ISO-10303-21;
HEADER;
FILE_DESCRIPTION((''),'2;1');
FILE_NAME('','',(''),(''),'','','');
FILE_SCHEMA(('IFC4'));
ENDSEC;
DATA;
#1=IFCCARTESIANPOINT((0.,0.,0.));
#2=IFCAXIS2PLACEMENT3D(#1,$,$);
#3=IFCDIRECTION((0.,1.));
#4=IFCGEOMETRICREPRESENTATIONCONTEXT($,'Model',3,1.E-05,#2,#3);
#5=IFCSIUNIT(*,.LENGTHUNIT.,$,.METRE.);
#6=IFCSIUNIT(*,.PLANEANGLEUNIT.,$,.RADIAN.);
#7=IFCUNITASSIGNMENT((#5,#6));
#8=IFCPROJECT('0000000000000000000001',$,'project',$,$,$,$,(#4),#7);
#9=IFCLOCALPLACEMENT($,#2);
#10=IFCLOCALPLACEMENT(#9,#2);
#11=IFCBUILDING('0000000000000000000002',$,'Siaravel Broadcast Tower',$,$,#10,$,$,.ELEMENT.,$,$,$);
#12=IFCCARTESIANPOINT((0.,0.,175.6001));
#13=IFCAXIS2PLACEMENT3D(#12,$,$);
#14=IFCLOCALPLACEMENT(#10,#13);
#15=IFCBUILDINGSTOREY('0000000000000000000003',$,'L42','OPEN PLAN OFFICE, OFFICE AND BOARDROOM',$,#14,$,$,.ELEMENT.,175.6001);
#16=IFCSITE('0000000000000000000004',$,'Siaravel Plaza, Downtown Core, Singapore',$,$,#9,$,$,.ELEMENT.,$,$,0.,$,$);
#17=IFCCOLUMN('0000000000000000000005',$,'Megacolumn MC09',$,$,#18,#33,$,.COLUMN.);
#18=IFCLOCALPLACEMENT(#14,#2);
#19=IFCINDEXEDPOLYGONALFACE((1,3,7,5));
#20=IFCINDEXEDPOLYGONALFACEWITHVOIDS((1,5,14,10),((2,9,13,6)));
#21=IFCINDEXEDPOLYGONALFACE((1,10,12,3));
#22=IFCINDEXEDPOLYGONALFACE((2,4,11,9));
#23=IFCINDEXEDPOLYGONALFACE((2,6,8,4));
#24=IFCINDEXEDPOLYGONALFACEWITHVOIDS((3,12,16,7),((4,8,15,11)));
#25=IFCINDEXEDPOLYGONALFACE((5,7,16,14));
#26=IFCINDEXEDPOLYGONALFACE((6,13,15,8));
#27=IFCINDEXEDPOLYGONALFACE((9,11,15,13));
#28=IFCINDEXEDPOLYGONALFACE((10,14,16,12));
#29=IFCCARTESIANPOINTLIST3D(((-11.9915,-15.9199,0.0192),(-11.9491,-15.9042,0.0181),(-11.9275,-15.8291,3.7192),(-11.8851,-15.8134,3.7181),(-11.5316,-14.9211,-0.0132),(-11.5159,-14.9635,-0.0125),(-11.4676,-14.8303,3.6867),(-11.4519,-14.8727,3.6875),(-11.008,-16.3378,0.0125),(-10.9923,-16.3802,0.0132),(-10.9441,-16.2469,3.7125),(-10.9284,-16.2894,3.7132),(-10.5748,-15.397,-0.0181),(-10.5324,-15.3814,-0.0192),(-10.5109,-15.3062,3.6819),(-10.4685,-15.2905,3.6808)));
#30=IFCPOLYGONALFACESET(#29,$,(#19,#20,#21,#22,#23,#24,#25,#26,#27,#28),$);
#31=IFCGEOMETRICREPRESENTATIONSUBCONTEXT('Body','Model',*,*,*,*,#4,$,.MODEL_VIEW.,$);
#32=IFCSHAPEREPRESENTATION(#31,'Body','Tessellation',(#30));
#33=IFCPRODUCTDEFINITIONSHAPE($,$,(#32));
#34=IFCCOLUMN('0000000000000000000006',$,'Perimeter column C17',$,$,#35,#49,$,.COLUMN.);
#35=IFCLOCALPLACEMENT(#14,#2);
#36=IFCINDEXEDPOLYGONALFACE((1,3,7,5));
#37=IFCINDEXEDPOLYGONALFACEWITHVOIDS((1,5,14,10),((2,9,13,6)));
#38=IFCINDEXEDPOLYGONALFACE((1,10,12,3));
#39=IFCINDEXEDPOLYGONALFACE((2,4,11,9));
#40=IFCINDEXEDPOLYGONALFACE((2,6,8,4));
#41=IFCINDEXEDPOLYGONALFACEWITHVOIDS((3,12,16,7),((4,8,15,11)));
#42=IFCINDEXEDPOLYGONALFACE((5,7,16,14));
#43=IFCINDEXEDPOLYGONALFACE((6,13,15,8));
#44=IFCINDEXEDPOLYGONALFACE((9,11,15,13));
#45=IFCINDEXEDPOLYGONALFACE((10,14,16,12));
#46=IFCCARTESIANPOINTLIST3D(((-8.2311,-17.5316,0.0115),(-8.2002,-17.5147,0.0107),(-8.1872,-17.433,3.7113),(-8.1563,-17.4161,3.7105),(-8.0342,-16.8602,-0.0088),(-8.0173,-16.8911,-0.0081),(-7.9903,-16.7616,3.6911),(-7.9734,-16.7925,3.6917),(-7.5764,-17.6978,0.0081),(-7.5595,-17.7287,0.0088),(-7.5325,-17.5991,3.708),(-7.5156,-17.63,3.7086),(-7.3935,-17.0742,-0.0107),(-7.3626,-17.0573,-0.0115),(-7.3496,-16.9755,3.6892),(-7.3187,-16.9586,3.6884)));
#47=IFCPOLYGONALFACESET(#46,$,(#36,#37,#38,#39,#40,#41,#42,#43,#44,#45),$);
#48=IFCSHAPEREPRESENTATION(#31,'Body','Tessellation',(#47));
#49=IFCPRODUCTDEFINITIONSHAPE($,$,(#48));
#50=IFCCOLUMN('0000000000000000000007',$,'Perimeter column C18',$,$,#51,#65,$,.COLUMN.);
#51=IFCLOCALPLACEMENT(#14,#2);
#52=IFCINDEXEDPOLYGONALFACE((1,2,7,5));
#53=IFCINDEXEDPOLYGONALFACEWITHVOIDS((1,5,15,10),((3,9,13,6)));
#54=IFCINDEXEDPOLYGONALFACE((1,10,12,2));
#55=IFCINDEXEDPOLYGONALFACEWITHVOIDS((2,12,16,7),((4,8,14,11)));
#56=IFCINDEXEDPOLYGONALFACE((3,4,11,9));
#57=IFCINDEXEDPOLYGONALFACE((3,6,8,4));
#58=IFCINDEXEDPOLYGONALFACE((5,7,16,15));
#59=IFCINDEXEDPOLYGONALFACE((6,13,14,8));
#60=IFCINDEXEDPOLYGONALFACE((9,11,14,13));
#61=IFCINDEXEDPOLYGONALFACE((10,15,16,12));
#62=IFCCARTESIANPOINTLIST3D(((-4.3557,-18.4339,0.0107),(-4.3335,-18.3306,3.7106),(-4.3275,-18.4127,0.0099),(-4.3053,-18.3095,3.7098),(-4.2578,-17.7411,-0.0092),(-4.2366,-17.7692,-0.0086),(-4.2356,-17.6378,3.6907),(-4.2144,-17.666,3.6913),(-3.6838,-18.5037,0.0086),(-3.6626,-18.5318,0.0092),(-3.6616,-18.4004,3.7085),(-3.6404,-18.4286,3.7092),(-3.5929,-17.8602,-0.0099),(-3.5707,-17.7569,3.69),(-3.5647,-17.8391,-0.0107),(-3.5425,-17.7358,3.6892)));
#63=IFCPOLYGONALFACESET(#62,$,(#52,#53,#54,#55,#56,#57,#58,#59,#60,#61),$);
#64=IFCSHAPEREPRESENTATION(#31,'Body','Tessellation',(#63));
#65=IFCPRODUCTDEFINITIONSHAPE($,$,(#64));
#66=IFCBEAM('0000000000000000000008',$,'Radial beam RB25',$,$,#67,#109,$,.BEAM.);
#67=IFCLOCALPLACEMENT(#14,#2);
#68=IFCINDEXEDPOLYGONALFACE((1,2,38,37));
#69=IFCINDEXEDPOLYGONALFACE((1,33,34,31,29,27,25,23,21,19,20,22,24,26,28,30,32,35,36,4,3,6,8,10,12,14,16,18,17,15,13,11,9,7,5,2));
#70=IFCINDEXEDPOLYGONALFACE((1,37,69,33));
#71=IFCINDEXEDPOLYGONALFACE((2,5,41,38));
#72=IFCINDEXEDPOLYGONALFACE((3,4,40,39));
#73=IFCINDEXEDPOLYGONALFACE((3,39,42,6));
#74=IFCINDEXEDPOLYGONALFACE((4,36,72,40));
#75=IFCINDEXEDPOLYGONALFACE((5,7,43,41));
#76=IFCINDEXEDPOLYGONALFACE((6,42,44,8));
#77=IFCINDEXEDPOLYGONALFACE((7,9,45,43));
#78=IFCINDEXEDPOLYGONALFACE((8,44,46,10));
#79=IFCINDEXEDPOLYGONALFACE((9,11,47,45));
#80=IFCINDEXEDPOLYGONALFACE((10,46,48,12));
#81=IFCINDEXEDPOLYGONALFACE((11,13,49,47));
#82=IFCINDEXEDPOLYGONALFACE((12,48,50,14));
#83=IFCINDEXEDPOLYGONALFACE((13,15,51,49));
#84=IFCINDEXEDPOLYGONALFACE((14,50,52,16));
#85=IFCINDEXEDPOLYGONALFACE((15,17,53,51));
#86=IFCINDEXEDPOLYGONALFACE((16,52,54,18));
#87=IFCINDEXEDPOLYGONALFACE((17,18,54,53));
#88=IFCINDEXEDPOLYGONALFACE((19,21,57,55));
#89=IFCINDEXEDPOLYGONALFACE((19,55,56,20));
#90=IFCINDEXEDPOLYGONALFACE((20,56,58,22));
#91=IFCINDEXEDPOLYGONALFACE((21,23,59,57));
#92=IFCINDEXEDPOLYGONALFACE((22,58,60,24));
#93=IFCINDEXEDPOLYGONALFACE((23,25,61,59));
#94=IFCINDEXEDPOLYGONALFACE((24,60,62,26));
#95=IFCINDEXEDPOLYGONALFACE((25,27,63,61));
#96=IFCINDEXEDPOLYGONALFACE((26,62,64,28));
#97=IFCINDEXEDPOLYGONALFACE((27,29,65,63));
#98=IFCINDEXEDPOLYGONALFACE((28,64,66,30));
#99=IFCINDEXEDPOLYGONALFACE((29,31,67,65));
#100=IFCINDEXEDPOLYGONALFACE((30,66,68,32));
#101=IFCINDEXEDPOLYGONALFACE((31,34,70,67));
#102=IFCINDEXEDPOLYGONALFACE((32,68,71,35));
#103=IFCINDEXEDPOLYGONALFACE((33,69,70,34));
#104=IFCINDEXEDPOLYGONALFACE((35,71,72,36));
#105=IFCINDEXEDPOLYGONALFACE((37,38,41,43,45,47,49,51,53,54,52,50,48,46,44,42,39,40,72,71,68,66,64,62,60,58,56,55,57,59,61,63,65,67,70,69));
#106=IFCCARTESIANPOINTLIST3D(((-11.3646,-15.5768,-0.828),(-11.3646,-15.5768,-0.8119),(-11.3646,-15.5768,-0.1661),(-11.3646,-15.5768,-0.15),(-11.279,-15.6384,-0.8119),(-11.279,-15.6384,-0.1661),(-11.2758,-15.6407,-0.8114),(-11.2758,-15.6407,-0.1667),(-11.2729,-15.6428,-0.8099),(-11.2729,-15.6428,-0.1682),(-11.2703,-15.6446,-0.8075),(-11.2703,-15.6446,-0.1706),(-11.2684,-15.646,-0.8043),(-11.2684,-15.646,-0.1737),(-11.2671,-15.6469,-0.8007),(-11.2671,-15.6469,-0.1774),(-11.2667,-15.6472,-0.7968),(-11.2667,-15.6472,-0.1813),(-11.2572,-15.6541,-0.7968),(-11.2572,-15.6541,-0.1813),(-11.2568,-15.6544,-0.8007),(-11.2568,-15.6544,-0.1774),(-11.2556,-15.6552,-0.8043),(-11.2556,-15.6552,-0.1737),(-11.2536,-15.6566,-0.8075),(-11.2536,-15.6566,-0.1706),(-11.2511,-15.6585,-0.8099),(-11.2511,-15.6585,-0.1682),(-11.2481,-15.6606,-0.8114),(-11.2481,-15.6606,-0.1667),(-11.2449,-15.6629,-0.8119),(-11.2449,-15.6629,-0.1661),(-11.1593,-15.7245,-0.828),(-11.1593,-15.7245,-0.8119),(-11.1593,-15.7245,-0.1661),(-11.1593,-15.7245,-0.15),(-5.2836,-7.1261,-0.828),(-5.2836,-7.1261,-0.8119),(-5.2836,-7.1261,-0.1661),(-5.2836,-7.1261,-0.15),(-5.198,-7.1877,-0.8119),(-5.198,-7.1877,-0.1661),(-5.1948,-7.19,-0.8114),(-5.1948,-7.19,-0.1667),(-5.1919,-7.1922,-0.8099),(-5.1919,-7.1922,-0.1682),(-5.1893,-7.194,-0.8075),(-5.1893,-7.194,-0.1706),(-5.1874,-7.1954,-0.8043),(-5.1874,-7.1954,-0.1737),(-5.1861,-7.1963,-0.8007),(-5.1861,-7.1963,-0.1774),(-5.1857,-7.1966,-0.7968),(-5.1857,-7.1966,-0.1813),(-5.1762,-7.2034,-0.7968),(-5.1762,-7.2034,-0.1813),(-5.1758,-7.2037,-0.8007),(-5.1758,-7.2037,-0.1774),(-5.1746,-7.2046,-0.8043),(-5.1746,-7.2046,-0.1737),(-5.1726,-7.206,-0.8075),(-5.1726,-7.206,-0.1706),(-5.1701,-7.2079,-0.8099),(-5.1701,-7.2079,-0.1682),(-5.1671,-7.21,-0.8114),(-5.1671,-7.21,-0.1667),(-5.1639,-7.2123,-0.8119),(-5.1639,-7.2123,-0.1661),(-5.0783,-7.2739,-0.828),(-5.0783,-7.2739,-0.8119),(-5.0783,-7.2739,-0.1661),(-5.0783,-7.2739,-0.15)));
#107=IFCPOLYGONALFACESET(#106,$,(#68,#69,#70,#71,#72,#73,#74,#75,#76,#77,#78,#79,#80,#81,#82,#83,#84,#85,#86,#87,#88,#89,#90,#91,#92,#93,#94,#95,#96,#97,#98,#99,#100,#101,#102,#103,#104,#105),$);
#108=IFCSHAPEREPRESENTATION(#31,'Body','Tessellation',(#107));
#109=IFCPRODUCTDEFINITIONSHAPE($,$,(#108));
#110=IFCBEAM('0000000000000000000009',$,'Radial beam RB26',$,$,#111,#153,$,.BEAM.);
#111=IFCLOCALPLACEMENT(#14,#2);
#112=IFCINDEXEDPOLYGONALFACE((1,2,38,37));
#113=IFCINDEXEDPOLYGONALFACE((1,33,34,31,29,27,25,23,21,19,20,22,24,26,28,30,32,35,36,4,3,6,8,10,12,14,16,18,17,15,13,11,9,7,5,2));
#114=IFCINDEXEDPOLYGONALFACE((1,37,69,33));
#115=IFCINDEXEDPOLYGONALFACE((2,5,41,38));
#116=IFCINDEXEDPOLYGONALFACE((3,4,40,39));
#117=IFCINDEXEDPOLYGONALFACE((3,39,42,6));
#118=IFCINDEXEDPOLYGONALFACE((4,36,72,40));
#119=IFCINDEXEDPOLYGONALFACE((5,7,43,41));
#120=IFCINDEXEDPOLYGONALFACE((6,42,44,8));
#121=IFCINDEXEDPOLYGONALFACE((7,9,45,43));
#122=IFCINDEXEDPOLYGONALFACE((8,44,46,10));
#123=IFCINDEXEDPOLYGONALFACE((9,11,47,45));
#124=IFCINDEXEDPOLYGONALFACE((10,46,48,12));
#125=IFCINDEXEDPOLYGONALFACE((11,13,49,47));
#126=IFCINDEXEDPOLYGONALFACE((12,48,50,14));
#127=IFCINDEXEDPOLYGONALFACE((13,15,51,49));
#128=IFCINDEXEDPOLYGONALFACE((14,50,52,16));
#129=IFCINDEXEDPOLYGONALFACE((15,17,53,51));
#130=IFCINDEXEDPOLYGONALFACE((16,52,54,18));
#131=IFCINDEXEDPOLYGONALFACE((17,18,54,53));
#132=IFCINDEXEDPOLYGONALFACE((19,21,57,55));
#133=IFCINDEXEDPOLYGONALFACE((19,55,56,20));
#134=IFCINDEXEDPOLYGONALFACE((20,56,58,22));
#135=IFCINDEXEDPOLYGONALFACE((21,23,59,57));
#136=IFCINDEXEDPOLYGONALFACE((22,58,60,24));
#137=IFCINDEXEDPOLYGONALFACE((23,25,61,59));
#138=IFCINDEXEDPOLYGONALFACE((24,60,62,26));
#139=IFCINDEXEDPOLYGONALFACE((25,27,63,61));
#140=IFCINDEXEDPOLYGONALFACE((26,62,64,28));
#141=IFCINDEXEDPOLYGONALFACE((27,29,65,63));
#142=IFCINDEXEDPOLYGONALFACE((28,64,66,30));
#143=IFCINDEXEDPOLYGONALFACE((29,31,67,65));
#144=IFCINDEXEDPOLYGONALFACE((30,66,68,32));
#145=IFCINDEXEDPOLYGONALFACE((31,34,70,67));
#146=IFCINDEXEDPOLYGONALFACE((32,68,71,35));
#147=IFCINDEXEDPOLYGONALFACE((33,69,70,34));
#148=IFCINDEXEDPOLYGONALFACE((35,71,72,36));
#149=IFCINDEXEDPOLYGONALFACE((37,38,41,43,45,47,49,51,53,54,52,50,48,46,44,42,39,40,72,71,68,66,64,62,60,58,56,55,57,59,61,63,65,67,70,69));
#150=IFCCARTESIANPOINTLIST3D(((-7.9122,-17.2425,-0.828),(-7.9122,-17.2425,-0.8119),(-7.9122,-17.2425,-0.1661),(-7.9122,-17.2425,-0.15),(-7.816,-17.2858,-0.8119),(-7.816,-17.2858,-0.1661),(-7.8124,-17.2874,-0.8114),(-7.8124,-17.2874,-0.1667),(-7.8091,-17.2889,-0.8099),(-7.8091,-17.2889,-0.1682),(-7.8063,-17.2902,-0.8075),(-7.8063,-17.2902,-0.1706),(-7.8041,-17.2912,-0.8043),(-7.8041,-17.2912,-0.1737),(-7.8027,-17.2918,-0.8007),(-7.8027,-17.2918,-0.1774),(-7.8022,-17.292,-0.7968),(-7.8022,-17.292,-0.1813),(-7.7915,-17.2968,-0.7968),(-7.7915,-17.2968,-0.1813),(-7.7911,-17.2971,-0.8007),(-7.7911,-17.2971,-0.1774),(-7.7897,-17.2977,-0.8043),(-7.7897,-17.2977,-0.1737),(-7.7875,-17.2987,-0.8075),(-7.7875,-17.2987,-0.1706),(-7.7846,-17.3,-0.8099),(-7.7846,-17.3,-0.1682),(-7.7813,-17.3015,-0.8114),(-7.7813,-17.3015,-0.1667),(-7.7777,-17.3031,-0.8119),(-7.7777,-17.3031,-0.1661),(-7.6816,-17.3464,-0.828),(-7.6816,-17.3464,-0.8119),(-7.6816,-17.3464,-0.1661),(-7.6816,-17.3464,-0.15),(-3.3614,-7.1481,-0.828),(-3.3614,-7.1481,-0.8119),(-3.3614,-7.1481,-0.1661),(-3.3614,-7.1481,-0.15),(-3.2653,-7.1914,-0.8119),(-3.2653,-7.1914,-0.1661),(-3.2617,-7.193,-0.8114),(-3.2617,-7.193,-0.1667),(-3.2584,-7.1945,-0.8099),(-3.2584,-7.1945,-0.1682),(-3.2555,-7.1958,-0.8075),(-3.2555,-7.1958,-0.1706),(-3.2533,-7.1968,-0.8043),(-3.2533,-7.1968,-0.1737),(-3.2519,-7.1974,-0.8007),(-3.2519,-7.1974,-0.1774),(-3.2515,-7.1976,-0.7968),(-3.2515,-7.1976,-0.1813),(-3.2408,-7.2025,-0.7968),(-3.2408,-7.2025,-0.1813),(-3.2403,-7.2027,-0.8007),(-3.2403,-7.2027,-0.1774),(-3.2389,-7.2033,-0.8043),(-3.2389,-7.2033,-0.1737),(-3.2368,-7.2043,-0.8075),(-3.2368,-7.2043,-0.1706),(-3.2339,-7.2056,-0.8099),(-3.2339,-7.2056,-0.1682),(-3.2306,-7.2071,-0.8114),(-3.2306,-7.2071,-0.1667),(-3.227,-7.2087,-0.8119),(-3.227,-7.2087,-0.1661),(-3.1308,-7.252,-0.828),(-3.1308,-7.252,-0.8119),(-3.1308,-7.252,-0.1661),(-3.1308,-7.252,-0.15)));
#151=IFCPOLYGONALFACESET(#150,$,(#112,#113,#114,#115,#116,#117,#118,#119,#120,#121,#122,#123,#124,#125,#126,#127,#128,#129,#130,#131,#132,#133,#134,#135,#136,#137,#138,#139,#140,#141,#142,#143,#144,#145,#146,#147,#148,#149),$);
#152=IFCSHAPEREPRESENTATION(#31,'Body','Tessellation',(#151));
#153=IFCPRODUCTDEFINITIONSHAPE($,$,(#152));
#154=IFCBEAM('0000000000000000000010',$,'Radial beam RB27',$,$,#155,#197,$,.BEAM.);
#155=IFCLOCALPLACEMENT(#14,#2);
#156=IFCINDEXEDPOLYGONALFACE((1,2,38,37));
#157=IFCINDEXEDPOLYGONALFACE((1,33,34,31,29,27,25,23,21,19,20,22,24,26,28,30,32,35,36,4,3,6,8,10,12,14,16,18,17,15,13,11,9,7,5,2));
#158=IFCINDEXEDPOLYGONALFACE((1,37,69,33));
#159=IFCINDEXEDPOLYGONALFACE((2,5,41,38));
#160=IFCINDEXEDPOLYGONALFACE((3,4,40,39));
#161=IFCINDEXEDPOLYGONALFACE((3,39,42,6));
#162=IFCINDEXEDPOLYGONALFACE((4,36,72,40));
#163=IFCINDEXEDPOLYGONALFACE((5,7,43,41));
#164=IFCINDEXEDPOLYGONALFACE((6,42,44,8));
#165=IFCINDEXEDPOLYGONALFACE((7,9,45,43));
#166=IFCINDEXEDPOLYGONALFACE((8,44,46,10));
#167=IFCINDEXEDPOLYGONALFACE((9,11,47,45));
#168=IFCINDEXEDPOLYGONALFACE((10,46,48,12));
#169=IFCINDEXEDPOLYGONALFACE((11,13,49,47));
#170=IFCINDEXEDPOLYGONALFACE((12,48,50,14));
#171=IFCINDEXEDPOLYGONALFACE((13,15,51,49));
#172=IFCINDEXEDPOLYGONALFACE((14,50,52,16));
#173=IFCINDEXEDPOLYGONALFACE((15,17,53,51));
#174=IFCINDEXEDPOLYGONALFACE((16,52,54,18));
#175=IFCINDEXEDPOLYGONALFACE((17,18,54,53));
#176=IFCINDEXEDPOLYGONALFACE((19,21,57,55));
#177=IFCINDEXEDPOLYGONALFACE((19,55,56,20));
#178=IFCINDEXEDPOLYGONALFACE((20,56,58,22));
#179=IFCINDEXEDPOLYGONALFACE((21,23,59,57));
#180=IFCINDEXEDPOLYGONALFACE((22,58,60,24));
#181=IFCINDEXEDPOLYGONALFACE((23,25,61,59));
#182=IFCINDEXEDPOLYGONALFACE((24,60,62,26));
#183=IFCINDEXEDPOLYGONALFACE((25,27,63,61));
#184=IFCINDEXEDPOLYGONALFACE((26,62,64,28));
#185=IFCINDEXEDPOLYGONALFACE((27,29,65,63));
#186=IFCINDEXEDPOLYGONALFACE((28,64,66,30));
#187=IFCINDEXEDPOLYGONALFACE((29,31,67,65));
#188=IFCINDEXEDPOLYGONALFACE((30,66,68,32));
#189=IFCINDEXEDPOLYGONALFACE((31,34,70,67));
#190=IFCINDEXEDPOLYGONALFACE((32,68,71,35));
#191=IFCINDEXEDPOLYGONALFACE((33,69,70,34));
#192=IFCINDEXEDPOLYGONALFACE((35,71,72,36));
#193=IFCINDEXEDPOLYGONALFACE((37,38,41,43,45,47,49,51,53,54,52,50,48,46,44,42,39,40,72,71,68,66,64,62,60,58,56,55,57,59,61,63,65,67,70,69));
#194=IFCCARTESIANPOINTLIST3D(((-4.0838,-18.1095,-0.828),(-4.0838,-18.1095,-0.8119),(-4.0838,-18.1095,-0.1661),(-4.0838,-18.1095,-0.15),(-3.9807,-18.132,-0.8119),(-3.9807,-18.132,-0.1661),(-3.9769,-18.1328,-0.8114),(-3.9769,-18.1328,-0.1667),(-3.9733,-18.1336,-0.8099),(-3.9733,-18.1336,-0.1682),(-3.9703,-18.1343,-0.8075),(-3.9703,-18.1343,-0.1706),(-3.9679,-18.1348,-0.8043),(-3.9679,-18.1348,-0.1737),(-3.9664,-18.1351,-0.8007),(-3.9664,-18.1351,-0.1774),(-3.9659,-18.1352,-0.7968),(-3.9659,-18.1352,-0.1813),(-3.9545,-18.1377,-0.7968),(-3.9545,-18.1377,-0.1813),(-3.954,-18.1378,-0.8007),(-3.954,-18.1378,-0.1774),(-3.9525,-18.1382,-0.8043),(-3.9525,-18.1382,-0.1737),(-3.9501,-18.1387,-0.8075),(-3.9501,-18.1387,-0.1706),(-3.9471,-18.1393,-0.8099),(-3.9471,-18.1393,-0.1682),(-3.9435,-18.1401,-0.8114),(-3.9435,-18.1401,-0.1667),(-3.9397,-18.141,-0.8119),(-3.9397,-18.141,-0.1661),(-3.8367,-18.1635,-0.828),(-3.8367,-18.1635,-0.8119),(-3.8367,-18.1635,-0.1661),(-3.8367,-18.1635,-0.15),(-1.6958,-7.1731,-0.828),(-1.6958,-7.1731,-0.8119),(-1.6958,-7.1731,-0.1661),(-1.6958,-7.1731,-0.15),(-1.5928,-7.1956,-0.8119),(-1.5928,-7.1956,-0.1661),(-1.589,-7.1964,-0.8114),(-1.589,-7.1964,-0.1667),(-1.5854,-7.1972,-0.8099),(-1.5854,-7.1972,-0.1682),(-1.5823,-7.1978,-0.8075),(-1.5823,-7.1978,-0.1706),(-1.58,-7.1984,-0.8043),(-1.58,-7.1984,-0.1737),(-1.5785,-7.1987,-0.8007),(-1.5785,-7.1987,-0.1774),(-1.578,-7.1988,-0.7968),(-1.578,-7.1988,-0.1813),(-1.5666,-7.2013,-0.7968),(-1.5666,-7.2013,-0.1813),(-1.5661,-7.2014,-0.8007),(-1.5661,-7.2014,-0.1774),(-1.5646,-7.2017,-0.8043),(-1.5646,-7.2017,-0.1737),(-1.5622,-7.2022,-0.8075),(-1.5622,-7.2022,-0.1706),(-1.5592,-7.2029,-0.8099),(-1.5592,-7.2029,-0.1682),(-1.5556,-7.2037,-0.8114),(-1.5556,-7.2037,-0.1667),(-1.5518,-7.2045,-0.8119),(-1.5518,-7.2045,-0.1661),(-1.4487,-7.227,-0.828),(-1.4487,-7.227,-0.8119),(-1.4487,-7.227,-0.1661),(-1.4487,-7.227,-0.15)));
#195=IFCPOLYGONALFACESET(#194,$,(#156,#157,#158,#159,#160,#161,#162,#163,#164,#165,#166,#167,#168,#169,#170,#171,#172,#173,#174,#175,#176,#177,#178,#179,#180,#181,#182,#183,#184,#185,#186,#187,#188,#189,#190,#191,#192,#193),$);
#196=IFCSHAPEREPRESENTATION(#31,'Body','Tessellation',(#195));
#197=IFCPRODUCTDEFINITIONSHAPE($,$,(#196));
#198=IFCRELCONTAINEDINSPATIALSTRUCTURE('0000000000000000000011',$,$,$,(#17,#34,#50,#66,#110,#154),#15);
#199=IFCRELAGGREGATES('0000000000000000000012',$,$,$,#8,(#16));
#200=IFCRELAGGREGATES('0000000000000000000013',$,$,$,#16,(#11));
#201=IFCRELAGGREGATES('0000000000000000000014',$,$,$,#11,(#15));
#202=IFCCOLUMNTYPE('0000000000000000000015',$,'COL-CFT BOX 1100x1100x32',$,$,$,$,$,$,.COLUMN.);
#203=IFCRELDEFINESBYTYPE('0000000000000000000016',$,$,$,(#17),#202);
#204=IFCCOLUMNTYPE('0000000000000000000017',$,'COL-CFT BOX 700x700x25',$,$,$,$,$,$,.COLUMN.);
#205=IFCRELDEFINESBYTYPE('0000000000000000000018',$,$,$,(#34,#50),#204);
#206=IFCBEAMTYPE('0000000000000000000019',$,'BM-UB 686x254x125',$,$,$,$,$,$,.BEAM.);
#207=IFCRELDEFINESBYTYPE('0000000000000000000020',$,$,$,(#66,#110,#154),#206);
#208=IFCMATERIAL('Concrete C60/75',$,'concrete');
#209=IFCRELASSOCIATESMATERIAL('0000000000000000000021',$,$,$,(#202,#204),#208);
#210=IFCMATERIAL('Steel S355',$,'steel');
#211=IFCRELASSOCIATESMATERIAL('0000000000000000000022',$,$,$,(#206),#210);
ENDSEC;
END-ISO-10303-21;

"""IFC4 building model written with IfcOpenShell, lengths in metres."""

from ifc_helpers import new_model, si_unit, direction, frame, origin, origin_2d, place, context, subcontext, project, spatial, hollow_rectangle, i_section, extrude, material, material_profile, profile_set, type_object, element, save


model = new_model("IFC4")

# Units and contexts
model_context = context("Model", 3, precision=1e-05, world=origin(), true_north=direction((0.0, 1.0)))
body_context = subcontext(model_context, "Body", "Model", "MODEL_VIEW")
ifc_project = project(units=[si_unit("LENGTHUNIT", "METRE"), si_unit("PLANEANGLEUNIT", "RADIAN")], contexts=[model_context])

# Site, building, storey
site_placement = place(None, origin())
site = spatial("IfcSite", under=ifc_project, at=site_placement, Name="Siaravel Plaza, Downtown Core, Singapore", CompositionType="ELEMENT", RefElevation=0.0)
building_placement = place(site_placement, origin())
building = spatial("IfcBuilding", under=site, at=building_placement, Name="Siaravel Broadcast Tower", CompositionType="ELEMENT")
storey_placement = place(building_placement, frame((0.0, 0.0, 175.6001)))
storey = spatial("IfcBuildingStorey", under=building, at=storey_placement, Name="L42", Description="OPEN PLAN OFFICE, OFFICE AND BOARDROOM", CompositionType="ELEMENT", Elevation=175.6001)

# Columns
ifc_material_1 = material(Name="Concrete C60/75", Category="concrete")
ifc_material_profile_1 = material_profile(ifc_material_1, hollow_rectangle(XDim=1.1001, YDim=1.1001, WallThickness=0.032, at=origin_2d()))
ifc_profile_set_1 = profile_set([ifc_material_profile_1], Name="Concrete C60/75")
column_type_1 = type_object("IfcColumnType", Name="COL-CFT BOX 1100x1100x32", PredefinedType="COLUMN", material=ifc_profile_set_1)
column_placement = place(storey_placement, frame((-11.262, -15.6506, 0.0), z_axis=(0.01728, 0.024535, 0.99955), x_axis=(-0.908249, 0.418395, 0.005432)))
element("IfcColumn", 1, at=column_placement, inside=storey, type_object=column_type_1, Name="Megacolumn MC09", PredefinedType="COLUMN", context=body_context, shape_type="SweptSolid", body=[
    extrude(hollow_rectangle(XDim=1.1001, YDim=1.1001, WallThickness=0.032, at=origin_2d()), origin(), (0.0, 0.0, 1.0), 3.7017),
])
ifc_material_profile_2 = material_profile(ifc_material_1, hollow_rectangle(XDim=0.7, YDim=0.7, WallThickness=0.0249, at=origin_2d()))
ifc_profile_set_2 = profile_set([ifc_material_profile_2], Name="Concrete C60/75")
column_type_2 = type_object("IfcColumnType", Name="COL-CFT BOX 700x700x25", PredefinedType="COLUMN", material=ifc_profile_set_2)
for number, where, z_axis, x_axis, name in (
    (2, (-7.7969, -17.2944, 0.0), (0.011872, 0.026647, 0.999574), (-0.959541, 0.281541, 0.003891), "Perimeter column C17"),
    (3, (-3.9602, -18.1365, 0.0), (0.006002, 0.0279, 0.999593), (-0.99016, 0.139927, 0.00204), "Perimeter column C18"),
):
    element("IfcColumn", number, at=place(storey_placement, frame(where, z_axis=z_axis, x_axis=x_axis)), inside=storey, type_object=column_type_2, Name=name, PredefinedType="COLUMN", context=body_context, shape_type="SweptSolid", body=[
        extrude(hollow_rectangle(XDim=0.7, YDim=0.7, WallThickness=0.0249, at=origin_2d()), origin(), (0.0, 0.0, 1.0), 3.7014),
    ])

# Beams
ifc_material_2 = material(Name="Steel S355", Category="steel")
ifc_material_profile_3 = material_profile(ifc_material_2, i_section(OverallWidth=0.2529, OverallDepth=0.678, WebThickness=0.0117, FlangeThickness=0.0161, FilletRadius=0.0151, at=origin_2d()))
ifc_profile_set_3 = profile_set([ifc_material_profile_3], Name="Steel S355")
beam_type = type_object("IfcBeamType", Name="BM-UB 686x254x125", PredefinedType="BEAM", material=ifc_profile_set_3)
beam_1_placement = place(storey_placement, frame((-11.262, -15.6506, -0.489), z_axis=(0.584087, 0.811691, 0.0), x_axis=(-0.811691, 0.584087, 0.0)))
element("IfcBeam", 4, at=beam_1_placement, inside=storey, type_object=beam_type, Name="Radial beam RB25", PredefinedType="BEAM", context=body_context, shape_type="SweptSolid", body=[
    extrude(i_section(OverallWidth=0.2529, OverallDepth=0.678, WebThickness=0.0117, FlangeThickness=0.0161, FilletRadius=0.0151, at=origin_2d()), origin(), (0.0, 0.0, 1.0), 10.4111),
])
beam_2_placement = place(storey_placement, frame((-7.7969, -17.2944, -0.489), z_axis=(0.410985, 0.911642, 0.0), x_axis=(-0.911642, 0.410985, 0.0)))
element("IfcBeam", 5, at=beam_2_placement, inside=storey, type_object=beam_type, Name="Radial beam RB26", PredefinedType="BEAM", context=body_context, shape_type="SweptSolid", body=[
    extrude(i_section(OverallWidth=0.2529, OverallDepth=0.678, WebThickness=0.0117, FlangeThickness=0.0161, FilletRadius=0.0151, at=origin_2d()), origin(), (0.0, 0.0, 1.0), 11.0728),
])
beam_3_placement = place(storey_placement, frame((-3.9602, -18.1365, -0.489), z_axis=(0.21332, 0.976982, 0.0), x_axis=(-0.976982, 0.21332, 0.0)))
element("IfcBeam", 6, at=beam_3_placement, inside=storey, type_object=beam_type, Name="Radial beam RB27", PredefinedType="BEAM", context=body_context, shape_type="SweptSolid", body=[
    extrude(i_section(OverallWidth=0.2529, OverallDepth=0.678, WebThickness=0.0117, FlangeThickness=0.0161, FilletRadius=0.0151, at=origin_2d()), origin(), (0.0, 0.0, 1.0), 11.1941),
])

save(model, "model.ifc")
